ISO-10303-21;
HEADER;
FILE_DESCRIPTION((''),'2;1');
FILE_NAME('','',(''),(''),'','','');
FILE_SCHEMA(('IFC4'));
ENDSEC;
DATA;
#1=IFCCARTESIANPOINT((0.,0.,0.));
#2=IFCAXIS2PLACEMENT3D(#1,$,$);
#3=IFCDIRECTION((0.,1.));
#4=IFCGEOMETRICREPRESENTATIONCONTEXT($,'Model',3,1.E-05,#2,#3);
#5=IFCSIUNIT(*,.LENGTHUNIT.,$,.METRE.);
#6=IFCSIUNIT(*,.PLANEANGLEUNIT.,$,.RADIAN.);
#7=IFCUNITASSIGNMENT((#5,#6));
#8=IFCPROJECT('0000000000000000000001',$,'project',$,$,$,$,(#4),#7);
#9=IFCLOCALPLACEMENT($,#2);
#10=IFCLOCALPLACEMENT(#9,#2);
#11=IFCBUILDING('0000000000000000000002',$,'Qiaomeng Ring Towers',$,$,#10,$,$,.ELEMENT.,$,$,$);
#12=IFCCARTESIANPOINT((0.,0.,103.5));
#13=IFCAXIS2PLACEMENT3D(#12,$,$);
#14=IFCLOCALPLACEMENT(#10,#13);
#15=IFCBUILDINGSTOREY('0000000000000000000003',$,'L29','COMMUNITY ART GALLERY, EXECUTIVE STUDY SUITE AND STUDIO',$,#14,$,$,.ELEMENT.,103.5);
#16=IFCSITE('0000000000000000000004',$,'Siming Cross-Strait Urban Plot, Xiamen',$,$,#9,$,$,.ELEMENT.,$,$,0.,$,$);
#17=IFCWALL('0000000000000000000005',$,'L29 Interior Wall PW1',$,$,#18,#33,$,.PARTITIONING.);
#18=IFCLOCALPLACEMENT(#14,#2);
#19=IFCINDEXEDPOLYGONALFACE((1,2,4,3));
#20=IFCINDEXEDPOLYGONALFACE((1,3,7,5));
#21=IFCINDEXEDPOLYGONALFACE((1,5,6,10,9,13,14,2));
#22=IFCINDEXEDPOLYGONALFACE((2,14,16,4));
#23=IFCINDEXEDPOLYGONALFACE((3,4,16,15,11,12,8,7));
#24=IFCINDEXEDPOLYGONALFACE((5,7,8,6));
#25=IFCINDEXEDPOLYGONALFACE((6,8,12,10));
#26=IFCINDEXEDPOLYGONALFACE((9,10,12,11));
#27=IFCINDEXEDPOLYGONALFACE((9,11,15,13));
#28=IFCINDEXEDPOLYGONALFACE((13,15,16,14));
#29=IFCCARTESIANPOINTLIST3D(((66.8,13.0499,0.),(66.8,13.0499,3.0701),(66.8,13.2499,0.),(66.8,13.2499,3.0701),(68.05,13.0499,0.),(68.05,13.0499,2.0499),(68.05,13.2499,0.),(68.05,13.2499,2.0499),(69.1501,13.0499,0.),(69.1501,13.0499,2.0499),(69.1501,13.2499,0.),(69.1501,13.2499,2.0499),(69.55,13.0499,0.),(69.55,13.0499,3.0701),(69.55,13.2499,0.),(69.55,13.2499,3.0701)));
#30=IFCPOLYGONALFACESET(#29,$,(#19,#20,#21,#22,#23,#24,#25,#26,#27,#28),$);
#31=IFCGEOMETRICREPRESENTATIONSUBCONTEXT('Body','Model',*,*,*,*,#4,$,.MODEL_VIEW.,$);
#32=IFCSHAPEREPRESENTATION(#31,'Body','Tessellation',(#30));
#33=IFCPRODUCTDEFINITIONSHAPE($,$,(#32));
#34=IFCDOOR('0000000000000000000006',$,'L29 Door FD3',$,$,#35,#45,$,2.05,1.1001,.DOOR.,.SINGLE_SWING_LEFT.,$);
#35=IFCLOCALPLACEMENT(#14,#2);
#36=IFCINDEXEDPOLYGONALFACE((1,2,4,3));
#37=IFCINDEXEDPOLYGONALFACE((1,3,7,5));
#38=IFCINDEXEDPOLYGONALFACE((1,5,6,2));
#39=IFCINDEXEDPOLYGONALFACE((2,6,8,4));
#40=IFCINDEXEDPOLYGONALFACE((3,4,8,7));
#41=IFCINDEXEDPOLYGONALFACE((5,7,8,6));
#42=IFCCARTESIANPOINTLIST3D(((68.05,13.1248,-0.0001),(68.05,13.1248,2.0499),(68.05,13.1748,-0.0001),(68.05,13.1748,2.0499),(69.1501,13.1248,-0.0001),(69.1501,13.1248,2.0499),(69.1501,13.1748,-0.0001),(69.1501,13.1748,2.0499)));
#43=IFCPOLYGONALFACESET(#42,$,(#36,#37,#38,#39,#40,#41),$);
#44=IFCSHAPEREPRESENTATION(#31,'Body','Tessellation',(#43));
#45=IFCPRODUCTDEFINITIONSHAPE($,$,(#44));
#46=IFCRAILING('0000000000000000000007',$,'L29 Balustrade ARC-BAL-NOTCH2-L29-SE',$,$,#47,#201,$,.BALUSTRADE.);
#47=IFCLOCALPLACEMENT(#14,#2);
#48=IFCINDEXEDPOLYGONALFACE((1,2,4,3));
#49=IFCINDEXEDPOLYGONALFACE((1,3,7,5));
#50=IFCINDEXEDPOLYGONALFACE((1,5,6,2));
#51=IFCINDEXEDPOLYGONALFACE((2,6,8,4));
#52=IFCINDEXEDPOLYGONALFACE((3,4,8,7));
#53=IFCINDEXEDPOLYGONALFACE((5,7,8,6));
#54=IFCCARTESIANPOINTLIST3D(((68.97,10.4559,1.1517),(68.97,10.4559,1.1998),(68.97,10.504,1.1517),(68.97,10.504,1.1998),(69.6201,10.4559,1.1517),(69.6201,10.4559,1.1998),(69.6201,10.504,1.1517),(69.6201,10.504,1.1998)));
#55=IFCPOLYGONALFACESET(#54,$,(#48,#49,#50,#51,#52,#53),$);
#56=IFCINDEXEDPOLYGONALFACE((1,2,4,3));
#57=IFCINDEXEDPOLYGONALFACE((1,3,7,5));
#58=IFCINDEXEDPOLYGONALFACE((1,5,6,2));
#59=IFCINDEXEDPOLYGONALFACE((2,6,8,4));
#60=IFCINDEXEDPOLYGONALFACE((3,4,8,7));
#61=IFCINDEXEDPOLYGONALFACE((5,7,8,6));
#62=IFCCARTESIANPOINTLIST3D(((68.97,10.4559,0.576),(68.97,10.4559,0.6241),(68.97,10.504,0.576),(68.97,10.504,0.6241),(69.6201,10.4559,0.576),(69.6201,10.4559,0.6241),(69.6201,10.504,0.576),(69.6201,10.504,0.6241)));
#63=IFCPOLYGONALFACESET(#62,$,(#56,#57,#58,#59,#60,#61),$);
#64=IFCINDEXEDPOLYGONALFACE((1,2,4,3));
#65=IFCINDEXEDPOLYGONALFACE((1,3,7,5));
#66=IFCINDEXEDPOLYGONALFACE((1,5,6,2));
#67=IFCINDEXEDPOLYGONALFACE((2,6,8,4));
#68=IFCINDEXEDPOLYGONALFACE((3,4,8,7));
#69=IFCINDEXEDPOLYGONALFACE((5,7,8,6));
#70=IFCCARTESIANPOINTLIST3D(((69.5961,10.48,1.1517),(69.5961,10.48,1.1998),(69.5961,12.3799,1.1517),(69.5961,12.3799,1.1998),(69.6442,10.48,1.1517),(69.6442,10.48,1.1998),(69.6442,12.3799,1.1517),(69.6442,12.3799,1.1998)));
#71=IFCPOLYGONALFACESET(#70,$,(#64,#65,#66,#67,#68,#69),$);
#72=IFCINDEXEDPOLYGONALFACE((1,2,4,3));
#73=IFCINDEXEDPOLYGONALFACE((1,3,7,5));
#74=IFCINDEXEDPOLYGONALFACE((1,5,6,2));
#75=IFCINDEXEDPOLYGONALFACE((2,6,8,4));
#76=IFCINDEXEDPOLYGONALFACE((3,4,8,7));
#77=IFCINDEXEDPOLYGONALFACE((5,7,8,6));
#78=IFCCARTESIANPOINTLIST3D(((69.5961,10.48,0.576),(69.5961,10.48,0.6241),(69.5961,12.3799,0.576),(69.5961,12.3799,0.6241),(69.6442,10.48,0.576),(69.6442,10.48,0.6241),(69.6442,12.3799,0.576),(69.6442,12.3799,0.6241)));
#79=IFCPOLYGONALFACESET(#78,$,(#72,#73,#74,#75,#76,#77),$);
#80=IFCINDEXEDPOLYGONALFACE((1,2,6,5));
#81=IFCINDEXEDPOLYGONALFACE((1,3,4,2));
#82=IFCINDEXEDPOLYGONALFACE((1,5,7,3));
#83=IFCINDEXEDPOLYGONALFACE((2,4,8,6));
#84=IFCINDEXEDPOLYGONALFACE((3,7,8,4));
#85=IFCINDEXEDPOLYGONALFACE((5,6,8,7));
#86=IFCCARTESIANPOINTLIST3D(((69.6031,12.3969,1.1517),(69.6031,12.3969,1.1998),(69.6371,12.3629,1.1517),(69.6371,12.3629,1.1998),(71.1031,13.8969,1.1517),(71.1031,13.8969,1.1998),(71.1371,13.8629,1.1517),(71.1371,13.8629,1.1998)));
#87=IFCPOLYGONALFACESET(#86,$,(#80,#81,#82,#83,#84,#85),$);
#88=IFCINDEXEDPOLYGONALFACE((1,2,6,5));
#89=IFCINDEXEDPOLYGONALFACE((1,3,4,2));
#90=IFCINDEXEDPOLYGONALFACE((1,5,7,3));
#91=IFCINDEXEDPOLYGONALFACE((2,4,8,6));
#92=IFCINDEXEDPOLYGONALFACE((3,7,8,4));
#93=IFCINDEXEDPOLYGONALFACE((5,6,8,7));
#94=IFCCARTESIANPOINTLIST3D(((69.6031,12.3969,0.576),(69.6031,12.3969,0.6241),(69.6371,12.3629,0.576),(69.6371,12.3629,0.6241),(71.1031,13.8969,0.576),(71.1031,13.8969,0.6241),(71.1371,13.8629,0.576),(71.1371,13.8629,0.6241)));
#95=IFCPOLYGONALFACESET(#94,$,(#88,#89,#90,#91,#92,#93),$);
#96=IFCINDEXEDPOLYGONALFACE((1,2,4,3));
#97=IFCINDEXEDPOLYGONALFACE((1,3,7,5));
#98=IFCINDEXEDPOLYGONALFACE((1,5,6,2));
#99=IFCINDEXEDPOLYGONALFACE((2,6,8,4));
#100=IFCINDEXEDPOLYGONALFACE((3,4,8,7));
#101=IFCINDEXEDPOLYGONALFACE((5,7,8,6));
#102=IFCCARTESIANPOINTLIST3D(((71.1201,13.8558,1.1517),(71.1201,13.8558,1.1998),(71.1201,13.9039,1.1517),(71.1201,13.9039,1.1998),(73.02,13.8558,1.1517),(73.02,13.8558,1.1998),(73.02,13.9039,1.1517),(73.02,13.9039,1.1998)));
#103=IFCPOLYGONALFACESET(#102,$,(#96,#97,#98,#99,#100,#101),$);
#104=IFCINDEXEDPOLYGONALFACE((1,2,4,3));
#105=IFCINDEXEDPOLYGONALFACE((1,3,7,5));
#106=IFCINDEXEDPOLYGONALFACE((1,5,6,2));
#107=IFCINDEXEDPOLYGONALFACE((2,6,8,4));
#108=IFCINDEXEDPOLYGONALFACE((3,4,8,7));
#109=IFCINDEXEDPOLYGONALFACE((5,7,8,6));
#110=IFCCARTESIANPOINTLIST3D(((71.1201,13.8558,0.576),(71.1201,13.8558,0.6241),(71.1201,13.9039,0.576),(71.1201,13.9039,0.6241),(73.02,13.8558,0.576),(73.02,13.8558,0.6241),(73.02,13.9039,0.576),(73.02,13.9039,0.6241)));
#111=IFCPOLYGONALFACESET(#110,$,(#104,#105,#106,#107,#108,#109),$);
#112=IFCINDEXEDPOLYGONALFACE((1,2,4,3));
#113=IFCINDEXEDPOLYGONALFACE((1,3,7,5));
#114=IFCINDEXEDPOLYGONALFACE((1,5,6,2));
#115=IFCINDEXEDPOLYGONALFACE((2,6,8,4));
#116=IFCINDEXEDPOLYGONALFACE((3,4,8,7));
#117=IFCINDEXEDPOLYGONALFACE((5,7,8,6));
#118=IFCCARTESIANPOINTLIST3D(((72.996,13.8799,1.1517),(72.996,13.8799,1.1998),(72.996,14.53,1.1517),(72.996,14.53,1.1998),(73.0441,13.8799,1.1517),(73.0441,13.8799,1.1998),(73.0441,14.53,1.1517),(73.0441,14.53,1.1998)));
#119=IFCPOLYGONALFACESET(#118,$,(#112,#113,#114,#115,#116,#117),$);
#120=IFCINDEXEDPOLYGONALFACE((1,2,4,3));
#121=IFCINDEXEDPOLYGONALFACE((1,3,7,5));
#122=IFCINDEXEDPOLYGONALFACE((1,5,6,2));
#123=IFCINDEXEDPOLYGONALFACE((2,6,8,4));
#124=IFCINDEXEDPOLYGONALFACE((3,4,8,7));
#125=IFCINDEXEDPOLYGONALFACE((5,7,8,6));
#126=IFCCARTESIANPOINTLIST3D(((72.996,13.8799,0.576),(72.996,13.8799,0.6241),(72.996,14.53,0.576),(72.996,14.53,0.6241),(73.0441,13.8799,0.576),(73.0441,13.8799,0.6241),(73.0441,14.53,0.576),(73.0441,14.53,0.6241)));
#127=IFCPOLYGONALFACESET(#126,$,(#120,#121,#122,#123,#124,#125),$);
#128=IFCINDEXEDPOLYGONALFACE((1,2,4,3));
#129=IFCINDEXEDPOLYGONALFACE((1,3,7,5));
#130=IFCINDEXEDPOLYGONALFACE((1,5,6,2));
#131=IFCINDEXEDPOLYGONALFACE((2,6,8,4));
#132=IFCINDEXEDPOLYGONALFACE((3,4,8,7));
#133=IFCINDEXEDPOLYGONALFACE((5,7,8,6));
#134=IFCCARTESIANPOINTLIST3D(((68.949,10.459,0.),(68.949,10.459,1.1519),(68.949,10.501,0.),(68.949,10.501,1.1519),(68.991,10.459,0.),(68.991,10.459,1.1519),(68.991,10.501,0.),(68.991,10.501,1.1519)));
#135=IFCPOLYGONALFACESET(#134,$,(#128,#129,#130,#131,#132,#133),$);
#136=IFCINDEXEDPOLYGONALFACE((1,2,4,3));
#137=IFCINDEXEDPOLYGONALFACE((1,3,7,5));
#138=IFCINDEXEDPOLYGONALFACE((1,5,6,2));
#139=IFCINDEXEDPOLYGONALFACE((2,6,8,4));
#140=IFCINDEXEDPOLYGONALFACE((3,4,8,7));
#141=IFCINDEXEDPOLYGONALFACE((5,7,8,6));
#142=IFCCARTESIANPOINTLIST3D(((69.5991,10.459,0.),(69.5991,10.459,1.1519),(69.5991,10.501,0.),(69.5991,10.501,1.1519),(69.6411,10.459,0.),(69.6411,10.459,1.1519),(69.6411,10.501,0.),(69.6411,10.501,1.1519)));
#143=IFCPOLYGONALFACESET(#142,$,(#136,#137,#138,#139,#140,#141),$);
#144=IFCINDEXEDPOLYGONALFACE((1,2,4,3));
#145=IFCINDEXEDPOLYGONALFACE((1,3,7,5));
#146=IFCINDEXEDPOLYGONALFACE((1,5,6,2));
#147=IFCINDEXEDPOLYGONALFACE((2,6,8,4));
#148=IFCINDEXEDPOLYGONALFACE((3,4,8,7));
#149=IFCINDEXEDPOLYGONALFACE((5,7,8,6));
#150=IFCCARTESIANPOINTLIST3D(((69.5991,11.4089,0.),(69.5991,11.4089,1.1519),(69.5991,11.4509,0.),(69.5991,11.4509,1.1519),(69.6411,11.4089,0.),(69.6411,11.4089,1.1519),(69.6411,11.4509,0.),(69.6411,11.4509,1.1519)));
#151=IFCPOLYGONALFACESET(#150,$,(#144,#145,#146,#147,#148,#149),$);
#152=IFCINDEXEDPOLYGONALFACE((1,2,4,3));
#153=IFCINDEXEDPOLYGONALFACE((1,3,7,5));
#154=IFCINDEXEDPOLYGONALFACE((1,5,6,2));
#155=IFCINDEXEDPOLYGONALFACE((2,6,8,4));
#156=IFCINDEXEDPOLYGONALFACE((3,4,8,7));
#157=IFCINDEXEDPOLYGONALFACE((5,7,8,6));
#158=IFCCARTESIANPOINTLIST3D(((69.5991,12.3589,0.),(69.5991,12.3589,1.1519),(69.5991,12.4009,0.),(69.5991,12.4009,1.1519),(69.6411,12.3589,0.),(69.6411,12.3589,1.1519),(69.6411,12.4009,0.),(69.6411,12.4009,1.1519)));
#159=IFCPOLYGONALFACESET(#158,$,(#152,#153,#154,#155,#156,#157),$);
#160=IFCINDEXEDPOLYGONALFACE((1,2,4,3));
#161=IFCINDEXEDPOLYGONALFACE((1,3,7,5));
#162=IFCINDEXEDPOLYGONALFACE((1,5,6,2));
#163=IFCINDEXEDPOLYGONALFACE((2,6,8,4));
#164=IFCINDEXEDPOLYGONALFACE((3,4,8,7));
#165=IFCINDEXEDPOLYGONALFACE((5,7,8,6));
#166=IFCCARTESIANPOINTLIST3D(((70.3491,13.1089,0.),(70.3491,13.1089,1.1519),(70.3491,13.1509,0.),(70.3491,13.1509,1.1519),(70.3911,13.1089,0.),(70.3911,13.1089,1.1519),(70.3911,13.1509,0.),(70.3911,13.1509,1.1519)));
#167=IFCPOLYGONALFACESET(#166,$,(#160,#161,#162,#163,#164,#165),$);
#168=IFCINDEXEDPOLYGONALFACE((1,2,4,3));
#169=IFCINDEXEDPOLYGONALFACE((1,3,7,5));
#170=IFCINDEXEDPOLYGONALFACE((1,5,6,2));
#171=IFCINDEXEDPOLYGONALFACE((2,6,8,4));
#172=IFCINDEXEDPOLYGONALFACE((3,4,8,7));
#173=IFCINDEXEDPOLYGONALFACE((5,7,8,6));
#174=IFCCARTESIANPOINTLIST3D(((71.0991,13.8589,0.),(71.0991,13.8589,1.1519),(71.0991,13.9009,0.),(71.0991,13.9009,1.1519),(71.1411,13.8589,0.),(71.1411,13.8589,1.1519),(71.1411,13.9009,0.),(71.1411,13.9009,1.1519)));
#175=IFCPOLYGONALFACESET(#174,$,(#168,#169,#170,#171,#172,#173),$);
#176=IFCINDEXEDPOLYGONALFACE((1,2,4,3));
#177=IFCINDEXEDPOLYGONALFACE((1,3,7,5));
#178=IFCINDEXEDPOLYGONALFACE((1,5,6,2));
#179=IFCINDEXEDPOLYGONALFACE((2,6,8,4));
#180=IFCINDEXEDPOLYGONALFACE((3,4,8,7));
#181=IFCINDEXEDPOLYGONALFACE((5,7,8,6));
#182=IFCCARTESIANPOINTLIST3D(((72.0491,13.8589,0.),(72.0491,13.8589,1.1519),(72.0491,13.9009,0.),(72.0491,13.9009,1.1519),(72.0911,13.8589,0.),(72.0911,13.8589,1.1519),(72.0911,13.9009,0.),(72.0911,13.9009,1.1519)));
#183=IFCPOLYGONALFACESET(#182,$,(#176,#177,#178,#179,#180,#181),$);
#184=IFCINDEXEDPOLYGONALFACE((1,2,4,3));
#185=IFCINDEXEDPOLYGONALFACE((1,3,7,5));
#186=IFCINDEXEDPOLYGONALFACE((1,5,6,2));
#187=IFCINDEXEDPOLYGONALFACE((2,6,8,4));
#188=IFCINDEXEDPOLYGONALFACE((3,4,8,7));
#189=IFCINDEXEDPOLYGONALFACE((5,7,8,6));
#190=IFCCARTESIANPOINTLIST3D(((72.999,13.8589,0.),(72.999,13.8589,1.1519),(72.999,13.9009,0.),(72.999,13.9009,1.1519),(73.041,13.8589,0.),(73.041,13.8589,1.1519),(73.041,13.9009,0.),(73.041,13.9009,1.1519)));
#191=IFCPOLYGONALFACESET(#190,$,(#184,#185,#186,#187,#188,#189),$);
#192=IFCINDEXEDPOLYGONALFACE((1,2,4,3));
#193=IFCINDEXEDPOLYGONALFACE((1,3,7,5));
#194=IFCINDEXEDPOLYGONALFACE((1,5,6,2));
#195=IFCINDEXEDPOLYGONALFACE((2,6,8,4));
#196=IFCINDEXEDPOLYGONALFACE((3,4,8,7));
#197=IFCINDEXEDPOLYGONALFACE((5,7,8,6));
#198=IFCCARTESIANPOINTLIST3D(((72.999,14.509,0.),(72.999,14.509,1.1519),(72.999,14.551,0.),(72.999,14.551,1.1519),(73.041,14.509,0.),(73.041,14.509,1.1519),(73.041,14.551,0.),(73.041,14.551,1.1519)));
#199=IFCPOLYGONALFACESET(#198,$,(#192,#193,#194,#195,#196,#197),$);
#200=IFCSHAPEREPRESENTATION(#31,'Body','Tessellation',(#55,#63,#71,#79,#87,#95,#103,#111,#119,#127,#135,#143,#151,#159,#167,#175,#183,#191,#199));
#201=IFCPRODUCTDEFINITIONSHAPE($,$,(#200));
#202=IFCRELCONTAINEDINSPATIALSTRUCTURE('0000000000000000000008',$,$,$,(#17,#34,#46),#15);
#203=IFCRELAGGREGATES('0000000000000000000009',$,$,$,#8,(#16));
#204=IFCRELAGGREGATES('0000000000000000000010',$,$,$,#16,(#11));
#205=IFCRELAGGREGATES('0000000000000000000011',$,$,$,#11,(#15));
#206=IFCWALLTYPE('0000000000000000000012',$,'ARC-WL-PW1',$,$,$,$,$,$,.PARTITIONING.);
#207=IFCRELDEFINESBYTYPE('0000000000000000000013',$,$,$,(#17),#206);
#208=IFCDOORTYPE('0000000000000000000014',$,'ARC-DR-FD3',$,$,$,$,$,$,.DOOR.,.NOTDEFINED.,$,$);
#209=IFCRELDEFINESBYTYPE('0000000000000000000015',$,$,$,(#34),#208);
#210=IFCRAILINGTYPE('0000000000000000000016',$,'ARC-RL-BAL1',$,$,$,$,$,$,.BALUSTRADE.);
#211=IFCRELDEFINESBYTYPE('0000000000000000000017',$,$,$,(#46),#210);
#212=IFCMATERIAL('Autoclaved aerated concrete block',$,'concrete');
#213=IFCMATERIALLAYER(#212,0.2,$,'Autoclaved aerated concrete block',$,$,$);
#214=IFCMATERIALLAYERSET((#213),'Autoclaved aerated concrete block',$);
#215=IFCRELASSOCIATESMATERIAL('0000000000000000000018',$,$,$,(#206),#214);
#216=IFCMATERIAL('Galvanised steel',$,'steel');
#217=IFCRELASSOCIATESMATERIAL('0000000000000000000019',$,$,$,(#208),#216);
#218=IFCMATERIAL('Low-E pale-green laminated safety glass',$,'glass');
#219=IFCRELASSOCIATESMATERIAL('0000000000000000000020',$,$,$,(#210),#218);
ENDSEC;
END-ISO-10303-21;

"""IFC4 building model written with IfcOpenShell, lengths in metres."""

from ifc_helpers import new_model, si_unit, direction, frame, frame_2d, origin, origin_2d, place, context, subcontext, project, spatial, rectangle, extrude, source, transform, mapped, material, layer, layer_set, type_object, element, fill, save


model = new_model("IFC4")

# Units and contexts
model_context = context("Model", 3, precision=1e-05, world=origin(), true_north=direction((0.0, 1.0)))
body_context = subcontext(model_context, "Body", "Model", "MODEL_VIEW")
ifc_project = project(units=[si_unit("LENGTHUNIT", "METRE"), si_unit("PLANEANGLEUNIT", "RADIAN")], contexts=[model_context])

# Site, building, storey
site_placement = place(None, origin())
site = spatial("IfcSite", under=ifc_project, at=site_placement, Name="Siming Cross-Strait Urban Plot, Xiamen", CompositionType="ELEMENT", RefElevation=0.0)
building_placement = place(site_placement, origin())
building = spatial("IfcBuilding", under=site, at=building_placement, Name="Qiaomeng Ring Towers", CompositionType="ELEMENT")
storey_placement = place(building_placement, frame((0.0, 0.0, 103.5)))
storey = spatial("IfcBuildingStorey", under=building, at=storey_placement, Name="L29", Description="COMMUNITY ART GALLERY, EXECUTIVE STUDY SUITE AND STUDIO", CompositionType="ELEMENT", Elevation=103.5)

# Shared definitions
ifc_material_1 = material(Name="Autoclaved aerated concrete block", Category="concrete")
ifc_layer_1 = layer(ifc_material_1, 0.2, Name="Autoclaved aerated concrete block")
ifc_layer_set_1 = layer_set([ifc_layer_1], Name="Autoclaved aerated concrete block")
wall_type_1 = type_object("IfcWallType", Name="ARC-WL-PW1", PredefinedType="PARTITIONING", material=ifc_layer_set_1)

# Wall, opening, door
wall_1_placement = place(storey_placement, frame((66.8, 13.1499, 0.0), z_axis=(0.0, 0.0, 1.0), x_axis=(1.0, 0.0, 0.0)))
wall_1 = element("IfcWall", 1, at=wall_1_placement, inside=storey, type_object=wall_type_1, Name="L29 Interior Wall PW1", PredefinedType="PARTITIONING", context=body_context, shape_type="SweptSolid", body=[
    extrude(rectangle(XDim=2.75, YDim=0.2, at=frame_2d((1.375, 0.0))), origin(), (0.0, 0.0, 1.0), 3.0701),
])
opening_1_placement = place(wall_1_placement, frame((1.25, 0.0, 0.0)))
opening_1 = element("IfcOpeningElement", 2, at=opening_1_placement, cuts=wall_1, PredefinedType="OPENING", context=body_context, shape_type="SweptSolid", body=[
    extrude(rectangle(XDim=1.1001, YDim=2.05, at=frame_2d((0.55, 1.0249))), frame((0.0, 0.1099, 0.0), z_axis=(0.0, -1.0, 0.0), x_axis=(1.0, 0.0, 0.0)), (0.0, 0.0, 1.0), 0.22),
])
ifc_material_2 = material(Name="Galvanised steel", Category="steel")
door_type_1 = type_object("IfcDoorType", Name="ARC-DR-FD3", OperationType="NOTDEFINED", PredefinedType="DOOR", material=ifc_material_2)
shared_shape_1 = source(origin(), body_context, "Body", "SweptSolid", [
    extrude(rectangle(XDim=1.1001, YDim=2.05, at=frame_2d((0.55, 1.0249))), frame((0.0, 0.0249, 0.0), z_axis=(0.0, -1.0, 0.0), x_axis=(1.0, 0.0, 0.0)), (0.0, 0.0, 1.0), 0.05),
])
door_1_placement = place(opening_1_placement, origin())
door_1 = element("IfcDoor", 3, at=door_1_placement, inside=storey, type_object=door_type_1, Name="L29 Door FD3", OperationType="SINGLE_SWING_LEFT", OverallHeight=2.05, OverallWidth=1.1001, PredefinedType="DOOR", context=body_context, shape_type="MappedRepresentation", body=[
    mapped(shared_shape_1, transform((0.0, 0.0, 0.0), x_axis=(1.0, 0.0, 0.0), y_axis=(0.0, 1.0, 0.0), z_axis=(0.0, 0.0, 1.0), scale=1.0)),
])
fill(opening_1, door_1)

# Railing
ifc_material_3 = material(Name="Low-E pale-green laminated safety glass", Category="glass")
railing_type = type_object("IfcRailingType", Name="ARC-RL-BAL1", PredefinedType="BALUSTRADE", material=ifc_material_3)
railing_placement = place(storey_placement, frame((68.97, 10.48, 0.0)))
element("IfcRailing", 4, at=railing_placement, inside=storey, type_object=railing_type, Name="L29 Balustrade ARC-BAL-NOTCH2-L29-SE", PredefinedType="BALUSTRADE", context=body_context, shape_type="SweptSolid", body=[
    extrude(rectangle(XDim=0.0481, YDim=0.0481, at=origin_2d()), frame((0.0, 0.0, 1.1758), z_axis=(1.0, 0.0, 0.0), x_axis=(0.0, 1.0, 0.0)), (0.0, 0.0, 1.0), 0.6501),
    extrude(rectangle(XDim=0.0481, YDim=0.0481, at=origin_2d()), frame((0.0, 0.0, 0.6001), z_axis=(1.0, 0.0, 0.0), x_axis=(0.0, 1.0, 0.0)), (0.0, 0.0, 1.0), 0.6501),
    extrude(rectangle(XDim=0.0481, YDim=0.0481, at=origin_2d()), frame((0.6501, 0.0, 1.1758), z_axis=(0.0, 1.0, 0.0), x_axis=(-1.0, 0.0, 0.0)), (0.0, 0.0, 1.0), 1.8999),
    extrude(rectangle(XDim=0.0481, YDim=0.0481, at=origin_2d()), frame((0.6501, 0.0, 0.6001), z_axis=(0.0, 1.0, 0.0), x_axis=(-1.0, 0.0, 0.0)), (0.0, 0.0, 1.0), 1.8999),
    extrude(rectangle(XDim=0.0481, YDim=0.0481, at=origin_2d()), frame((0.6501, 1.8999, 1.1758), z_axis=(0.707107, 0.707107, 0.0), x_axis=(-0.707107, 0.707107, 0.0)), (0.0, 0.0, 1.0), 2.1213),
    extrude(rectangle(XDim=0.0481, YDim=0.0481, at=origin_2d()), frame((0.6501, 1.8999, 0.6001), z_axis=(0.707107, 0.707107, 0.0), x_axis=(-0.707107, 0.707107, 0.0)), (0.0, 0.0, 1.0), 2.1213),
    extrude(rectangle(XDim=0.0481, YDim=0.0481, at=origin_2d()), frame((2.1501, 3.3999, 1.1758), z_axis=(1.0, 0.0, 0.0), x_axis=(0.0, 1.0, 0.0)), (0.0, 0.0, 1.0), 1.8999),
    extrude(rectangle(XDim=0.0481, YDim=0.0481, at=origin_2d()), frame((2.1501, 3.3999, 0.6001), z_axis=(1.0, 0.0, 0.0), x_axis=(0.0, 1.0, 0.0)), (0.0, 0.0, 1.0), 1.8999),
    extrude(rectangle(XDim=0.0481, YDim=0.0481, at=origin_2d()), frame((4.05, 3.3999, 1.1758), z_axis=(0.0, 1.0, 0.0), x_axis=(-1.0, 0.0, 0.0)), (0.0, 0.0, 1.0), 0.6501),
    extrude(rectangle(XDim=0.0481, YDim=0.0481, at=origin_2d()), frame((4.05, 3.3999, 0.6001), z_axis=(0.0, 1.0, 0.0), x_axis=(-1.0, 0.0, 0.0)), (0.0, 0.0, 1.0), 0.6501),
    extrude(rectangle(XDim=0.042, YDim=0.042, at=origin_2d()), origin(), (0.0, 0.0, 1.0), 1.1519),
    extrude(rectangle(XDim=0.042, YDim=0.042, at=origin_2d()), frame((0.6501, 0.0, 0.0)), (0.0, 0.0, 1.0), 1.1519),
    extrude(rectangle(XDim=0.042, YDim=0.042, at=origin_2d()), frame((0.6501, 0.95, 0.0)), (0.0, 0.0, 1.0), 1.1519),
    extrude(rectangle(XDim=0.042, YDim=0.042, at=origin_2d()), frame((0.6501, 1.8999, 0.0)), (0.0, 0.0, 1.0), 1.1519),
    extrude(rectangle(XDim=0.042, YDim=0.042, at=origin_2d()), frame((1.4001, 2.6499, 0.0)), (0.0, 0.0, 1.0), 1.1519),
    extrude(rectangle(XDim=0.042, YDim=0.042, at=origin_2d()), frame((2.1501, 3.3999, 0.0)), (0.0, 0.0, 1.0), 1.1519),
    extrude(rectangle(XDim=0.042, YDim=0.042, at=origin_2d()), frame((3.1001, 3.3999, 0.0)), (0.0, 0.0, 1.0), 1.1519),
    extrude(rectangle(XDim=0.042, YDim=0.042, at=origin_2d()), frame((4.05, 3.3999, 0.0)), (0.0, 0.0, 1.0), 1.1519),
    extrude(rectangle(XDim=0.042, YDim=0.042, at=origin_2d()), frame((4.05, 4.05, 0.0)), (0.0, 0.0, 1.0), 1.1519),
])

save(model, "model.ifc")
